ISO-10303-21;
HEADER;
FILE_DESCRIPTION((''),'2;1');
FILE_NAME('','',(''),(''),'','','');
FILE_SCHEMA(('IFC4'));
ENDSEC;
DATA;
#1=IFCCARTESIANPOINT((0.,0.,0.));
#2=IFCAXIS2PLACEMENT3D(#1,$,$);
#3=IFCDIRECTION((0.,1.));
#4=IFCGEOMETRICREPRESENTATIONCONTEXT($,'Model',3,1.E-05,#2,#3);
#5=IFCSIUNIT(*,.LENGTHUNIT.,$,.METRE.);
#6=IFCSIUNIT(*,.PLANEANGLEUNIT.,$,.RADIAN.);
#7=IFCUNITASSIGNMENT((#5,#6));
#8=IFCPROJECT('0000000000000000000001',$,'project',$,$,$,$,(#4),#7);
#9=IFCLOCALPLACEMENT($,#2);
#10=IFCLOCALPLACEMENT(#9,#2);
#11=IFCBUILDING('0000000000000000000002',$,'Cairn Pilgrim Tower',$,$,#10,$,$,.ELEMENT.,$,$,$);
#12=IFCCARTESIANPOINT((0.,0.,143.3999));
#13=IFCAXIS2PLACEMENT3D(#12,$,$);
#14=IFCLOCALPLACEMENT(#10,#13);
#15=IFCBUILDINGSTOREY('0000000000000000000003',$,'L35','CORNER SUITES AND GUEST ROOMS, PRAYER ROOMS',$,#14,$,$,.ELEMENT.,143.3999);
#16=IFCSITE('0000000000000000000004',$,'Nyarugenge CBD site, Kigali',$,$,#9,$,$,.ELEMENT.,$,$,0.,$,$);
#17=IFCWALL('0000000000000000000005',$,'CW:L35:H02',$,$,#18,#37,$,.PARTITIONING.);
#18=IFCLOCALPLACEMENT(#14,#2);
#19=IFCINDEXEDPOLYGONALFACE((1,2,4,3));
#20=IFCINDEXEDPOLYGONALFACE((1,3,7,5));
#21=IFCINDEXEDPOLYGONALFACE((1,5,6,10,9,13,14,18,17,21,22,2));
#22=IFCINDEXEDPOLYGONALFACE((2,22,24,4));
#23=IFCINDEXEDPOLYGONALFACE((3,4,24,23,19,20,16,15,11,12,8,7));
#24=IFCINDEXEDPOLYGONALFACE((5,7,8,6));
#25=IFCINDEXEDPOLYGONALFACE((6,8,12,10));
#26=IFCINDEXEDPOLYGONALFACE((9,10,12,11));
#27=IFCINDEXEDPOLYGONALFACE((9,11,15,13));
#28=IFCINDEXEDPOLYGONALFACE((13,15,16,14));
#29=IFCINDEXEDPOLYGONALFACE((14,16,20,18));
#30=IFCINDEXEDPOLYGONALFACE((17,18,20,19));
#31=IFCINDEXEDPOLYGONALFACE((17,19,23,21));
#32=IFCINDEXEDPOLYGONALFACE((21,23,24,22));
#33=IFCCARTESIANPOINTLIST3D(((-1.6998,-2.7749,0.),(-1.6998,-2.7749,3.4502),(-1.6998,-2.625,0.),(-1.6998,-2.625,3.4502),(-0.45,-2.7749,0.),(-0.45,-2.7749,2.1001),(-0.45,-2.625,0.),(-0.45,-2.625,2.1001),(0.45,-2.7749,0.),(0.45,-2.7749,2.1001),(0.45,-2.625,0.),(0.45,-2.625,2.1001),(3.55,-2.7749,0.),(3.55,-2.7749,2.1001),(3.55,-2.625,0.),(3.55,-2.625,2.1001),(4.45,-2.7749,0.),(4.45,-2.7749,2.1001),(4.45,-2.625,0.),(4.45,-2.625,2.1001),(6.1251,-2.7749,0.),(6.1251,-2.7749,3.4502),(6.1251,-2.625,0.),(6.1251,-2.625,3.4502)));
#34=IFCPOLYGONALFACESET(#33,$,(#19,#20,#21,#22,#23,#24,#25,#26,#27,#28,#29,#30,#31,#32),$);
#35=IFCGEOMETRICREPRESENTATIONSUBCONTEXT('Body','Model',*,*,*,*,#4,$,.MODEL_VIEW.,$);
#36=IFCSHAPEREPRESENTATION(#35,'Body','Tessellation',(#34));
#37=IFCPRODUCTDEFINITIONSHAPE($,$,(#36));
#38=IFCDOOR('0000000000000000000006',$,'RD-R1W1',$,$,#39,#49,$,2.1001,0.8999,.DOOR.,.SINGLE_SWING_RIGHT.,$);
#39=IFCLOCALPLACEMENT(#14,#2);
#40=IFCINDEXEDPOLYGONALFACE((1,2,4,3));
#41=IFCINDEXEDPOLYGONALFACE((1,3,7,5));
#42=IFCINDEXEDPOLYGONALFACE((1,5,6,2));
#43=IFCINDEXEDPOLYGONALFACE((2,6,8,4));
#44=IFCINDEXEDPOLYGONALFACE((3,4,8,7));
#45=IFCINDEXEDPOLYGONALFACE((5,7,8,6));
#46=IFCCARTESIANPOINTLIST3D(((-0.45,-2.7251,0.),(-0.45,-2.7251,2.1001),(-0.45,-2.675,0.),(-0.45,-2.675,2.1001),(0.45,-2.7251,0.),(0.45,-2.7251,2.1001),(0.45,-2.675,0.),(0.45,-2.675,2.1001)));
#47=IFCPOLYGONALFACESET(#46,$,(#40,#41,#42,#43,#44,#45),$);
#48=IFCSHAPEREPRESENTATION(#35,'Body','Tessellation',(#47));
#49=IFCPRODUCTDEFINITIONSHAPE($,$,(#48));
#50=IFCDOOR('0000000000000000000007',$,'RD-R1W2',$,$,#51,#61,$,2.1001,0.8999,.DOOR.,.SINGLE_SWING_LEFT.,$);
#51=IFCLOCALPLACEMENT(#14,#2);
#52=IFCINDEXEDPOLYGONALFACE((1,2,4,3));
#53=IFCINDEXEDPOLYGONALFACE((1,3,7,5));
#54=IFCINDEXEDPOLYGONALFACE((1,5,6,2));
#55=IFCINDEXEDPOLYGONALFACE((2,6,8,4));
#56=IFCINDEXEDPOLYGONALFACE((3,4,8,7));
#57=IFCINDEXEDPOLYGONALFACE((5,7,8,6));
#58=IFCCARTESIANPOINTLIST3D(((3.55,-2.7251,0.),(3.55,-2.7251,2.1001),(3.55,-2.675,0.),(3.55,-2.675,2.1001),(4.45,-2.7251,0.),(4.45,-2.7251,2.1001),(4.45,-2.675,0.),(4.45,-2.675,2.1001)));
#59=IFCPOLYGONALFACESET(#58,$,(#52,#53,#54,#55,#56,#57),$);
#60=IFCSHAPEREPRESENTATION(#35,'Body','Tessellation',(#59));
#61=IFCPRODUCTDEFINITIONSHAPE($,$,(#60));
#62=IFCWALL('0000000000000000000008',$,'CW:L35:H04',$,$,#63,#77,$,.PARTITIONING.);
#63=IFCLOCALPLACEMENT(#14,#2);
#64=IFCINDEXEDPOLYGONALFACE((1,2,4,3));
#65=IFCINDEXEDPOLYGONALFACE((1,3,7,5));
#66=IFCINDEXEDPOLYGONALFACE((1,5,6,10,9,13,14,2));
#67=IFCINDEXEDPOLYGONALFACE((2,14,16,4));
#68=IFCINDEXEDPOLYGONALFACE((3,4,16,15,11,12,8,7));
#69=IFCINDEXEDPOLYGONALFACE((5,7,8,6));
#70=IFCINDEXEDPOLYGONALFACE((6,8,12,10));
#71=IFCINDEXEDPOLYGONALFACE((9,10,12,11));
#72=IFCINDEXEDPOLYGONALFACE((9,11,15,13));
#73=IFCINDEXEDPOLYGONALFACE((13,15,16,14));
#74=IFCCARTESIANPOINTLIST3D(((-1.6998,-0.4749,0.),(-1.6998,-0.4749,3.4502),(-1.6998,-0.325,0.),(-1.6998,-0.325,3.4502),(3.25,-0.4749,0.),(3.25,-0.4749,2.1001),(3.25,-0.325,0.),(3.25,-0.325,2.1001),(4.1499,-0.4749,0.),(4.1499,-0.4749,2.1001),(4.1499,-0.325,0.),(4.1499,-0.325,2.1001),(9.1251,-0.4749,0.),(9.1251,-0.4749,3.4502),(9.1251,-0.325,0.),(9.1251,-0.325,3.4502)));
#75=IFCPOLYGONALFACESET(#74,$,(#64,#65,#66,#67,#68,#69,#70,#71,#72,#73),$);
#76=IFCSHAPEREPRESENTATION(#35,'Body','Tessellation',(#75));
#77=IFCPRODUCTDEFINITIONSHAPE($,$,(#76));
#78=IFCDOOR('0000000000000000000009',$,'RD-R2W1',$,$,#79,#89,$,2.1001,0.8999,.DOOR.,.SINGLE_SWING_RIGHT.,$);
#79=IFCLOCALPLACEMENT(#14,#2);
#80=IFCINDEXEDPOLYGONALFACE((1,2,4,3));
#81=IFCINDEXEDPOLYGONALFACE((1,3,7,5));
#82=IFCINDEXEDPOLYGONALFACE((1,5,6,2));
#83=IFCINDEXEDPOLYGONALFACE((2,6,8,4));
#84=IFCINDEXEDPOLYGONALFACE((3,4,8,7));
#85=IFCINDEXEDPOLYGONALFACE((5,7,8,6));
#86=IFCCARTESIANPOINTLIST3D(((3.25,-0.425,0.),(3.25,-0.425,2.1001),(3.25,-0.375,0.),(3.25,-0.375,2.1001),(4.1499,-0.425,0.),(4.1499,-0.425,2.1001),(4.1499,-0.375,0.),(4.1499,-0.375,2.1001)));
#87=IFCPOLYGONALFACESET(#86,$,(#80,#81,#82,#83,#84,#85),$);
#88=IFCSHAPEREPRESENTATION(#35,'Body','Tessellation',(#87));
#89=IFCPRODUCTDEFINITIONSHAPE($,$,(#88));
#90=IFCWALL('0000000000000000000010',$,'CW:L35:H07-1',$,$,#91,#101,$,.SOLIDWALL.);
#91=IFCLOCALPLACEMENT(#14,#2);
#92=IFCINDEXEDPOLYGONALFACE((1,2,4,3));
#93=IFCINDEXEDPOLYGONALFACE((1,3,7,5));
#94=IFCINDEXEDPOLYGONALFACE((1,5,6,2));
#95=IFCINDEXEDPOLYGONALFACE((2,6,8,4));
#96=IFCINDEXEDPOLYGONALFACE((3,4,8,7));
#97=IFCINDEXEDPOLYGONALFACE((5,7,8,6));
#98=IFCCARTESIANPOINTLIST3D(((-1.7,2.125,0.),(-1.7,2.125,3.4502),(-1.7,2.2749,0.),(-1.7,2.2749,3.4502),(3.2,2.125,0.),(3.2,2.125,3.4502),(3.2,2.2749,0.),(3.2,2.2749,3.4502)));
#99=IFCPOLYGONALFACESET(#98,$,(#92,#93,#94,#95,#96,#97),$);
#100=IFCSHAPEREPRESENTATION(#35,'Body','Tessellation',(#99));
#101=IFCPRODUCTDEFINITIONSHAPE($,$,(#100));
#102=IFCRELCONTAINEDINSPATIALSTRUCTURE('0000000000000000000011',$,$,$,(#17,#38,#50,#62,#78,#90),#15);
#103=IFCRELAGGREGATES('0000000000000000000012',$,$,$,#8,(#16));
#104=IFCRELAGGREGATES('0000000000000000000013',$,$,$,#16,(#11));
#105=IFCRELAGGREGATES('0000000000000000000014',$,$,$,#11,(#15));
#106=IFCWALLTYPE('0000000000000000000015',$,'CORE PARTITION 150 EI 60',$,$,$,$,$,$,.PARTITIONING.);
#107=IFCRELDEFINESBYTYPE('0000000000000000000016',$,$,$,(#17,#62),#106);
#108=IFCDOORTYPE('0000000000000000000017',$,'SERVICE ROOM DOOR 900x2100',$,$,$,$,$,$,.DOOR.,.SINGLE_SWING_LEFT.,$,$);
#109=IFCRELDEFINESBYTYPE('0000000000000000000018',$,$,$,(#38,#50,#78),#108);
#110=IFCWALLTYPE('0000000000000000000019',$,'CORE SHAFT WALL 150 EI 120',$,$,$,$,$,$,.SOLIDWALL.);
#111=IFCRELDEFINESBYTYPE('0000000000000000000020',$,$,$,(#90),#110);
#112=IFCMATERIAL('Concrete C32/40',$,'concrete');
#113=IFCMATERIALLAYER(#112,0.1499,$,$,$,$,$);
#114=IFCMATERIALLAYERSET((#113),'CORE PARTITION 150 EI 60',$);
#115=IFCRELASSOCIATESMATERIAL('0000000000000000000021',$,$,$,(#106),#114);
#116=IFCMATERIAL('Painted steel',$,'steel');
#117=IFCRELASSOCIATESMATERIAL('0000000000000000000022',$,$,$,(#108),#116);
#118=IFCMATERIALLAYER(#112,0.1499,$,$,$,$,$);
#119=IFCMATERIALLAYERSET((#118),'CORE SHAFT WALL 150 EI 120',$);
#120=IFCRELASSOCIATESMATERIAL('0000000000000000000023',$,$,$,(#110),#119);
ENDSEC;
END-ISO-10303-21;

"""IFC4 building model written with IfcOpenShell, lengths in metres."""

from ifc_helpers import new_model, si_unit, direction, frame, frame_2d, origin, place, context, subcontext, project, spatial, rectangle, extrude, material, layer, layer_set, type_object, element, fill, save


model = new_model("IFC4")

# Units and contexts
model_context = context("Model", 3, precision=1e-05, world=origin(), true_north=direction((0.0, 1.0)))
body_context = subcontext(model_context, "Body", "Model", "MODEL_VIEW")
ifc_project = project(units=[si_unit("LENGTHUNIT", "METRE"), si_unit("PLANEANGLEUNIT", "RADIAN")], contexts=[model_context])

# Site, building, storey
site_placement = place(None, origin())
site = spatial("IfcSite", under=ifc_project, at=site_placement, Name="Nyarugenge CBD site, Kigali", CompositionType="ELEMENT", RefElevation=0.0)
building_placement = place(site_placement, origin())
building = spatial("IfcBuilding", under=site, at=building_placement, Name="Cairn Pilgrim Tower", CompositionType="ELEMENT")
storey_placement = place(building_placement, frame((0.0, 0.0, 143.3999)))
storey = spatial("IfcBuildingStorey", under=building, at=storey_placement, Name="L35", Description="CORNER SUITES AND GUEST ROOMS, PRAYER ROOMS", CompositionType="ELEMENT", Elevation=143.3999)

# Shared definitions
ifc_material_1 = material(Name="Concrete C32/40", Category="concrete")

# Wall, openings, doors
ifc_material_2 = material(Name="Painted steel", Category="steel")
ifc_layer_1 = layer(ifc_material_1, 0.1499)
ifc_layer_set_1 = layer_set([ifc_layer_1], Name="CORE PARTITION 150 EI 60")
wall_type_1 = type_object("IfcWallType", Name="CORE PARTITION 150 EI 60", PredefinedType="PARTITIONING", material=ifc_layer_set_1)
wall_1_placement = place(storey_placement, frame((-1.7, -2.7, 0.0), z_axis=(0.0, 0.0, 1.0), x_axis=(1.0, 0.0, 0.0)))
wall_1 = element("IfcWall", 1, at=wall_1_placement, inside=storey, type_object=wall_type_1, Name="CW:L35:H02", PredefinedType="PARTITIONING", context=body_context, shape_type="SweptSolid", body=[
    extrude(rectangle(XDim=7.825, YDim=0.1499, at=frame_2d((3.9126, 0.0))), origin(), (0.0, 0.0, 1.0), 3.4502),
])
opening_1_placement = place(wall_1_placement, frame((1.25, 0.0, 0.0)))
opening_1 = element("IfcOpeningElement", 2, at=opening_1_placement, cuts=wall_1, PredefinedType="OPENING", context=body_context, shape_type="SweptSolid", body=[
    extrude(rectangle(XDim=0.8999, YDim=2.1001, at=frame_2d((0.45, 1.05))), frame((0.0, 0.085, 0.0), z_axis=(0.0, -1.0, 0.0), x_axis=(1.0, 0.0, 0.0)), (0.0, 0.0, 1.0), 0.1699),
])
opening_2_placement = place(wall_1_placement, frame((5.25, 0.0, 0.0)))
opening_2 = element("IfcOpeningElement", 3, at=opening_2_placement, cuts=wall_1, PredefinedType="OPENING", context=body_context, shape_type="SweptSolid", body=[
    extrude(rectangle(XDim=0.8999, YDim=2.1001, at=frame_2d((0.45, 1.05))), frame((0.0, 0.085, 0.0), z_axis=(0.0, -1.0, 0.0), x_axis=(1.0, 0.0, 0.0)), (0.0, 0.0, 1.0), 0.1699),
])
door_type_1 = type_object("IfcDoorType", Name="SERVICE ROOM DOOR 900x2100", OperationType="SINGLE_SWING_LEFT", PredefinedType="DOOR", material=ifc_material_2)
door_1_placement = place(opening_1_placement, origin())
door_1 = element("IfcDoor", 4, at=door_1_placement, inside=storey, type_object=door_type_1, Name="RD-R1W1", OperationType="SINGLE_SWING_RIGHT", OverallHeight=2.1001, OverallWidth=0.8999, PredefinedType="DOOR", context=body_context, shape_type="SweptSolid", body=[
    extrude(rectangle(XDim=0.8999, YDim=2.1001, at=frame_2d((0.45, 1.05))), frame((0.0, 0.0249, 0.0), z_axis=(0.0, -1.0, 0.0), x_axis=(1.0, 0.0, 0.0)), (0.0, 0.0, 1.0), 0.05),
])
fill(opening_1, door_1)
door_2_placement = place(opening_2_placement, origin())
door_2 = element("IfcDoor", 5, at=door_2_placement, inside=storey, type_object=door_type_1, Name="RD-R1W2", OperationType="SINGLE_SWING_LEFT", OverallHeight=2.1001, OverallWidth=0.8999, PredefinedType="DOOR", context=body_context, shape_type="SweptSolid", body=[
    extrude(rectangle(XDim=0.8999, YDim=2.1001, at=frame_2d((0.45, 1.05))), frame((0.0, 0.0249, 0.0), z_axis=(0.0, -1.0, 0.0), x_axis=(1.0, 0.0, 0.0)), (0.0, 0.0, 1.0), 0.05),
])
fill(opening_2, door_2)

# Wall, opening, door
wall_2_placement = place(storey_placement, frame((-1.7, -0.3999, 0.0), z_axis=(0.0, 0.0, 1.0), x_axis=(1.0, 0.0, 0.0)))
wall_2 = element("IfcWall", 6, at=wall_2_placement, inside=storey, type_object=wall_type_1, Name="CW:L35:H04", PredefinedType="PARTITIONING", context=body_context, shape_type="SweptSolid", body=[
    extrude(rectangle(XDim=10.825, YDim=0.1499, at=frame_2d((5.4126, 0.0))), origin(), (0.0, 0.0, 1.0), 3.4502),
])
opening_3_placement = place(wall_2_placement, frame((4.95, 0.0, 0.0)))
opening_3 = element("IfcOpeningElement", 7, at=opening_3_placement, cuts=wall_2, PredefinedType="OPENING", context=body_context, shape_type="SweptSolid", body=[
    extrude(rectangle(XDim=0.8999, YDim=2.1001, at=frame_2d((0.45, 1.05))), frame((0.0, 0.085, 0.0), z_axis=(0.0, -1.0, 0.0), x_axis=(1.0, 0.0, 0.0)), (0.0, 0.0, 1.0), 0.1699),
])
door_3_placement = place(opening_3_placement, origin())
door_3 = element("IfcDoor", 8, at=door_3_placement, inside=storey, type_object=door_type_1, Name="RD-R2W1", OperationType="SINGLE_SWING_RIGHT", OverallHeight=2.1001, OverallWidth=0.8999, PredefinedType="DOOR", context=body_context, shape_type="SweptSolid", body=[
    extrude(rectangle(XDim=0.8999, YDim=2.1001, at=frame_2d((0.45, 1.05))), frame((0.0, 0.0249, 0.0), z_axis=(0.0, -1.0, 0.0), x_axis=(1.0, 0.0, 0.0)), (0.0, 0.0, 1.0), 0.05),
])
fill(opening_3, door_3)

# Wall
ifc_layer_2 = layer(ifc_material_1, 0.1499)
ifc_layer_set_2 = layer_set([ifc_layer_2], Name="CORE SHAFT WALL 150 EI 120")
wall_type_2 = type_object("IfcWallType", Name="CORE SHAFT WALL 150 EI 120", PredefinedType="SOLIDWALL", material=ifc_layer_set_2)
wall_3_placement = place(storey_placement, frame((-1.7, 2.2, 0.0), z_axis=(0.0, 0.0, 1.0), x_axis=(1.0, 0.0, 0.0)))
element("IfcWall", 9, at=wall_3_placement, inside=storey, type_object=wall_type_2, Name="CW:L35:H07-1", PredefinedType="SOLIDWALL", context=body_context, shape_type="SweptSolid", body=[
    extrude(rectangle(XDim=4.8999, YDim=0.1499, at=frame_2d((2.45, 0.0))), origin(), (0.0, 0.0, 1.0), 3.4502),
])

save(model, "model.ifc")
